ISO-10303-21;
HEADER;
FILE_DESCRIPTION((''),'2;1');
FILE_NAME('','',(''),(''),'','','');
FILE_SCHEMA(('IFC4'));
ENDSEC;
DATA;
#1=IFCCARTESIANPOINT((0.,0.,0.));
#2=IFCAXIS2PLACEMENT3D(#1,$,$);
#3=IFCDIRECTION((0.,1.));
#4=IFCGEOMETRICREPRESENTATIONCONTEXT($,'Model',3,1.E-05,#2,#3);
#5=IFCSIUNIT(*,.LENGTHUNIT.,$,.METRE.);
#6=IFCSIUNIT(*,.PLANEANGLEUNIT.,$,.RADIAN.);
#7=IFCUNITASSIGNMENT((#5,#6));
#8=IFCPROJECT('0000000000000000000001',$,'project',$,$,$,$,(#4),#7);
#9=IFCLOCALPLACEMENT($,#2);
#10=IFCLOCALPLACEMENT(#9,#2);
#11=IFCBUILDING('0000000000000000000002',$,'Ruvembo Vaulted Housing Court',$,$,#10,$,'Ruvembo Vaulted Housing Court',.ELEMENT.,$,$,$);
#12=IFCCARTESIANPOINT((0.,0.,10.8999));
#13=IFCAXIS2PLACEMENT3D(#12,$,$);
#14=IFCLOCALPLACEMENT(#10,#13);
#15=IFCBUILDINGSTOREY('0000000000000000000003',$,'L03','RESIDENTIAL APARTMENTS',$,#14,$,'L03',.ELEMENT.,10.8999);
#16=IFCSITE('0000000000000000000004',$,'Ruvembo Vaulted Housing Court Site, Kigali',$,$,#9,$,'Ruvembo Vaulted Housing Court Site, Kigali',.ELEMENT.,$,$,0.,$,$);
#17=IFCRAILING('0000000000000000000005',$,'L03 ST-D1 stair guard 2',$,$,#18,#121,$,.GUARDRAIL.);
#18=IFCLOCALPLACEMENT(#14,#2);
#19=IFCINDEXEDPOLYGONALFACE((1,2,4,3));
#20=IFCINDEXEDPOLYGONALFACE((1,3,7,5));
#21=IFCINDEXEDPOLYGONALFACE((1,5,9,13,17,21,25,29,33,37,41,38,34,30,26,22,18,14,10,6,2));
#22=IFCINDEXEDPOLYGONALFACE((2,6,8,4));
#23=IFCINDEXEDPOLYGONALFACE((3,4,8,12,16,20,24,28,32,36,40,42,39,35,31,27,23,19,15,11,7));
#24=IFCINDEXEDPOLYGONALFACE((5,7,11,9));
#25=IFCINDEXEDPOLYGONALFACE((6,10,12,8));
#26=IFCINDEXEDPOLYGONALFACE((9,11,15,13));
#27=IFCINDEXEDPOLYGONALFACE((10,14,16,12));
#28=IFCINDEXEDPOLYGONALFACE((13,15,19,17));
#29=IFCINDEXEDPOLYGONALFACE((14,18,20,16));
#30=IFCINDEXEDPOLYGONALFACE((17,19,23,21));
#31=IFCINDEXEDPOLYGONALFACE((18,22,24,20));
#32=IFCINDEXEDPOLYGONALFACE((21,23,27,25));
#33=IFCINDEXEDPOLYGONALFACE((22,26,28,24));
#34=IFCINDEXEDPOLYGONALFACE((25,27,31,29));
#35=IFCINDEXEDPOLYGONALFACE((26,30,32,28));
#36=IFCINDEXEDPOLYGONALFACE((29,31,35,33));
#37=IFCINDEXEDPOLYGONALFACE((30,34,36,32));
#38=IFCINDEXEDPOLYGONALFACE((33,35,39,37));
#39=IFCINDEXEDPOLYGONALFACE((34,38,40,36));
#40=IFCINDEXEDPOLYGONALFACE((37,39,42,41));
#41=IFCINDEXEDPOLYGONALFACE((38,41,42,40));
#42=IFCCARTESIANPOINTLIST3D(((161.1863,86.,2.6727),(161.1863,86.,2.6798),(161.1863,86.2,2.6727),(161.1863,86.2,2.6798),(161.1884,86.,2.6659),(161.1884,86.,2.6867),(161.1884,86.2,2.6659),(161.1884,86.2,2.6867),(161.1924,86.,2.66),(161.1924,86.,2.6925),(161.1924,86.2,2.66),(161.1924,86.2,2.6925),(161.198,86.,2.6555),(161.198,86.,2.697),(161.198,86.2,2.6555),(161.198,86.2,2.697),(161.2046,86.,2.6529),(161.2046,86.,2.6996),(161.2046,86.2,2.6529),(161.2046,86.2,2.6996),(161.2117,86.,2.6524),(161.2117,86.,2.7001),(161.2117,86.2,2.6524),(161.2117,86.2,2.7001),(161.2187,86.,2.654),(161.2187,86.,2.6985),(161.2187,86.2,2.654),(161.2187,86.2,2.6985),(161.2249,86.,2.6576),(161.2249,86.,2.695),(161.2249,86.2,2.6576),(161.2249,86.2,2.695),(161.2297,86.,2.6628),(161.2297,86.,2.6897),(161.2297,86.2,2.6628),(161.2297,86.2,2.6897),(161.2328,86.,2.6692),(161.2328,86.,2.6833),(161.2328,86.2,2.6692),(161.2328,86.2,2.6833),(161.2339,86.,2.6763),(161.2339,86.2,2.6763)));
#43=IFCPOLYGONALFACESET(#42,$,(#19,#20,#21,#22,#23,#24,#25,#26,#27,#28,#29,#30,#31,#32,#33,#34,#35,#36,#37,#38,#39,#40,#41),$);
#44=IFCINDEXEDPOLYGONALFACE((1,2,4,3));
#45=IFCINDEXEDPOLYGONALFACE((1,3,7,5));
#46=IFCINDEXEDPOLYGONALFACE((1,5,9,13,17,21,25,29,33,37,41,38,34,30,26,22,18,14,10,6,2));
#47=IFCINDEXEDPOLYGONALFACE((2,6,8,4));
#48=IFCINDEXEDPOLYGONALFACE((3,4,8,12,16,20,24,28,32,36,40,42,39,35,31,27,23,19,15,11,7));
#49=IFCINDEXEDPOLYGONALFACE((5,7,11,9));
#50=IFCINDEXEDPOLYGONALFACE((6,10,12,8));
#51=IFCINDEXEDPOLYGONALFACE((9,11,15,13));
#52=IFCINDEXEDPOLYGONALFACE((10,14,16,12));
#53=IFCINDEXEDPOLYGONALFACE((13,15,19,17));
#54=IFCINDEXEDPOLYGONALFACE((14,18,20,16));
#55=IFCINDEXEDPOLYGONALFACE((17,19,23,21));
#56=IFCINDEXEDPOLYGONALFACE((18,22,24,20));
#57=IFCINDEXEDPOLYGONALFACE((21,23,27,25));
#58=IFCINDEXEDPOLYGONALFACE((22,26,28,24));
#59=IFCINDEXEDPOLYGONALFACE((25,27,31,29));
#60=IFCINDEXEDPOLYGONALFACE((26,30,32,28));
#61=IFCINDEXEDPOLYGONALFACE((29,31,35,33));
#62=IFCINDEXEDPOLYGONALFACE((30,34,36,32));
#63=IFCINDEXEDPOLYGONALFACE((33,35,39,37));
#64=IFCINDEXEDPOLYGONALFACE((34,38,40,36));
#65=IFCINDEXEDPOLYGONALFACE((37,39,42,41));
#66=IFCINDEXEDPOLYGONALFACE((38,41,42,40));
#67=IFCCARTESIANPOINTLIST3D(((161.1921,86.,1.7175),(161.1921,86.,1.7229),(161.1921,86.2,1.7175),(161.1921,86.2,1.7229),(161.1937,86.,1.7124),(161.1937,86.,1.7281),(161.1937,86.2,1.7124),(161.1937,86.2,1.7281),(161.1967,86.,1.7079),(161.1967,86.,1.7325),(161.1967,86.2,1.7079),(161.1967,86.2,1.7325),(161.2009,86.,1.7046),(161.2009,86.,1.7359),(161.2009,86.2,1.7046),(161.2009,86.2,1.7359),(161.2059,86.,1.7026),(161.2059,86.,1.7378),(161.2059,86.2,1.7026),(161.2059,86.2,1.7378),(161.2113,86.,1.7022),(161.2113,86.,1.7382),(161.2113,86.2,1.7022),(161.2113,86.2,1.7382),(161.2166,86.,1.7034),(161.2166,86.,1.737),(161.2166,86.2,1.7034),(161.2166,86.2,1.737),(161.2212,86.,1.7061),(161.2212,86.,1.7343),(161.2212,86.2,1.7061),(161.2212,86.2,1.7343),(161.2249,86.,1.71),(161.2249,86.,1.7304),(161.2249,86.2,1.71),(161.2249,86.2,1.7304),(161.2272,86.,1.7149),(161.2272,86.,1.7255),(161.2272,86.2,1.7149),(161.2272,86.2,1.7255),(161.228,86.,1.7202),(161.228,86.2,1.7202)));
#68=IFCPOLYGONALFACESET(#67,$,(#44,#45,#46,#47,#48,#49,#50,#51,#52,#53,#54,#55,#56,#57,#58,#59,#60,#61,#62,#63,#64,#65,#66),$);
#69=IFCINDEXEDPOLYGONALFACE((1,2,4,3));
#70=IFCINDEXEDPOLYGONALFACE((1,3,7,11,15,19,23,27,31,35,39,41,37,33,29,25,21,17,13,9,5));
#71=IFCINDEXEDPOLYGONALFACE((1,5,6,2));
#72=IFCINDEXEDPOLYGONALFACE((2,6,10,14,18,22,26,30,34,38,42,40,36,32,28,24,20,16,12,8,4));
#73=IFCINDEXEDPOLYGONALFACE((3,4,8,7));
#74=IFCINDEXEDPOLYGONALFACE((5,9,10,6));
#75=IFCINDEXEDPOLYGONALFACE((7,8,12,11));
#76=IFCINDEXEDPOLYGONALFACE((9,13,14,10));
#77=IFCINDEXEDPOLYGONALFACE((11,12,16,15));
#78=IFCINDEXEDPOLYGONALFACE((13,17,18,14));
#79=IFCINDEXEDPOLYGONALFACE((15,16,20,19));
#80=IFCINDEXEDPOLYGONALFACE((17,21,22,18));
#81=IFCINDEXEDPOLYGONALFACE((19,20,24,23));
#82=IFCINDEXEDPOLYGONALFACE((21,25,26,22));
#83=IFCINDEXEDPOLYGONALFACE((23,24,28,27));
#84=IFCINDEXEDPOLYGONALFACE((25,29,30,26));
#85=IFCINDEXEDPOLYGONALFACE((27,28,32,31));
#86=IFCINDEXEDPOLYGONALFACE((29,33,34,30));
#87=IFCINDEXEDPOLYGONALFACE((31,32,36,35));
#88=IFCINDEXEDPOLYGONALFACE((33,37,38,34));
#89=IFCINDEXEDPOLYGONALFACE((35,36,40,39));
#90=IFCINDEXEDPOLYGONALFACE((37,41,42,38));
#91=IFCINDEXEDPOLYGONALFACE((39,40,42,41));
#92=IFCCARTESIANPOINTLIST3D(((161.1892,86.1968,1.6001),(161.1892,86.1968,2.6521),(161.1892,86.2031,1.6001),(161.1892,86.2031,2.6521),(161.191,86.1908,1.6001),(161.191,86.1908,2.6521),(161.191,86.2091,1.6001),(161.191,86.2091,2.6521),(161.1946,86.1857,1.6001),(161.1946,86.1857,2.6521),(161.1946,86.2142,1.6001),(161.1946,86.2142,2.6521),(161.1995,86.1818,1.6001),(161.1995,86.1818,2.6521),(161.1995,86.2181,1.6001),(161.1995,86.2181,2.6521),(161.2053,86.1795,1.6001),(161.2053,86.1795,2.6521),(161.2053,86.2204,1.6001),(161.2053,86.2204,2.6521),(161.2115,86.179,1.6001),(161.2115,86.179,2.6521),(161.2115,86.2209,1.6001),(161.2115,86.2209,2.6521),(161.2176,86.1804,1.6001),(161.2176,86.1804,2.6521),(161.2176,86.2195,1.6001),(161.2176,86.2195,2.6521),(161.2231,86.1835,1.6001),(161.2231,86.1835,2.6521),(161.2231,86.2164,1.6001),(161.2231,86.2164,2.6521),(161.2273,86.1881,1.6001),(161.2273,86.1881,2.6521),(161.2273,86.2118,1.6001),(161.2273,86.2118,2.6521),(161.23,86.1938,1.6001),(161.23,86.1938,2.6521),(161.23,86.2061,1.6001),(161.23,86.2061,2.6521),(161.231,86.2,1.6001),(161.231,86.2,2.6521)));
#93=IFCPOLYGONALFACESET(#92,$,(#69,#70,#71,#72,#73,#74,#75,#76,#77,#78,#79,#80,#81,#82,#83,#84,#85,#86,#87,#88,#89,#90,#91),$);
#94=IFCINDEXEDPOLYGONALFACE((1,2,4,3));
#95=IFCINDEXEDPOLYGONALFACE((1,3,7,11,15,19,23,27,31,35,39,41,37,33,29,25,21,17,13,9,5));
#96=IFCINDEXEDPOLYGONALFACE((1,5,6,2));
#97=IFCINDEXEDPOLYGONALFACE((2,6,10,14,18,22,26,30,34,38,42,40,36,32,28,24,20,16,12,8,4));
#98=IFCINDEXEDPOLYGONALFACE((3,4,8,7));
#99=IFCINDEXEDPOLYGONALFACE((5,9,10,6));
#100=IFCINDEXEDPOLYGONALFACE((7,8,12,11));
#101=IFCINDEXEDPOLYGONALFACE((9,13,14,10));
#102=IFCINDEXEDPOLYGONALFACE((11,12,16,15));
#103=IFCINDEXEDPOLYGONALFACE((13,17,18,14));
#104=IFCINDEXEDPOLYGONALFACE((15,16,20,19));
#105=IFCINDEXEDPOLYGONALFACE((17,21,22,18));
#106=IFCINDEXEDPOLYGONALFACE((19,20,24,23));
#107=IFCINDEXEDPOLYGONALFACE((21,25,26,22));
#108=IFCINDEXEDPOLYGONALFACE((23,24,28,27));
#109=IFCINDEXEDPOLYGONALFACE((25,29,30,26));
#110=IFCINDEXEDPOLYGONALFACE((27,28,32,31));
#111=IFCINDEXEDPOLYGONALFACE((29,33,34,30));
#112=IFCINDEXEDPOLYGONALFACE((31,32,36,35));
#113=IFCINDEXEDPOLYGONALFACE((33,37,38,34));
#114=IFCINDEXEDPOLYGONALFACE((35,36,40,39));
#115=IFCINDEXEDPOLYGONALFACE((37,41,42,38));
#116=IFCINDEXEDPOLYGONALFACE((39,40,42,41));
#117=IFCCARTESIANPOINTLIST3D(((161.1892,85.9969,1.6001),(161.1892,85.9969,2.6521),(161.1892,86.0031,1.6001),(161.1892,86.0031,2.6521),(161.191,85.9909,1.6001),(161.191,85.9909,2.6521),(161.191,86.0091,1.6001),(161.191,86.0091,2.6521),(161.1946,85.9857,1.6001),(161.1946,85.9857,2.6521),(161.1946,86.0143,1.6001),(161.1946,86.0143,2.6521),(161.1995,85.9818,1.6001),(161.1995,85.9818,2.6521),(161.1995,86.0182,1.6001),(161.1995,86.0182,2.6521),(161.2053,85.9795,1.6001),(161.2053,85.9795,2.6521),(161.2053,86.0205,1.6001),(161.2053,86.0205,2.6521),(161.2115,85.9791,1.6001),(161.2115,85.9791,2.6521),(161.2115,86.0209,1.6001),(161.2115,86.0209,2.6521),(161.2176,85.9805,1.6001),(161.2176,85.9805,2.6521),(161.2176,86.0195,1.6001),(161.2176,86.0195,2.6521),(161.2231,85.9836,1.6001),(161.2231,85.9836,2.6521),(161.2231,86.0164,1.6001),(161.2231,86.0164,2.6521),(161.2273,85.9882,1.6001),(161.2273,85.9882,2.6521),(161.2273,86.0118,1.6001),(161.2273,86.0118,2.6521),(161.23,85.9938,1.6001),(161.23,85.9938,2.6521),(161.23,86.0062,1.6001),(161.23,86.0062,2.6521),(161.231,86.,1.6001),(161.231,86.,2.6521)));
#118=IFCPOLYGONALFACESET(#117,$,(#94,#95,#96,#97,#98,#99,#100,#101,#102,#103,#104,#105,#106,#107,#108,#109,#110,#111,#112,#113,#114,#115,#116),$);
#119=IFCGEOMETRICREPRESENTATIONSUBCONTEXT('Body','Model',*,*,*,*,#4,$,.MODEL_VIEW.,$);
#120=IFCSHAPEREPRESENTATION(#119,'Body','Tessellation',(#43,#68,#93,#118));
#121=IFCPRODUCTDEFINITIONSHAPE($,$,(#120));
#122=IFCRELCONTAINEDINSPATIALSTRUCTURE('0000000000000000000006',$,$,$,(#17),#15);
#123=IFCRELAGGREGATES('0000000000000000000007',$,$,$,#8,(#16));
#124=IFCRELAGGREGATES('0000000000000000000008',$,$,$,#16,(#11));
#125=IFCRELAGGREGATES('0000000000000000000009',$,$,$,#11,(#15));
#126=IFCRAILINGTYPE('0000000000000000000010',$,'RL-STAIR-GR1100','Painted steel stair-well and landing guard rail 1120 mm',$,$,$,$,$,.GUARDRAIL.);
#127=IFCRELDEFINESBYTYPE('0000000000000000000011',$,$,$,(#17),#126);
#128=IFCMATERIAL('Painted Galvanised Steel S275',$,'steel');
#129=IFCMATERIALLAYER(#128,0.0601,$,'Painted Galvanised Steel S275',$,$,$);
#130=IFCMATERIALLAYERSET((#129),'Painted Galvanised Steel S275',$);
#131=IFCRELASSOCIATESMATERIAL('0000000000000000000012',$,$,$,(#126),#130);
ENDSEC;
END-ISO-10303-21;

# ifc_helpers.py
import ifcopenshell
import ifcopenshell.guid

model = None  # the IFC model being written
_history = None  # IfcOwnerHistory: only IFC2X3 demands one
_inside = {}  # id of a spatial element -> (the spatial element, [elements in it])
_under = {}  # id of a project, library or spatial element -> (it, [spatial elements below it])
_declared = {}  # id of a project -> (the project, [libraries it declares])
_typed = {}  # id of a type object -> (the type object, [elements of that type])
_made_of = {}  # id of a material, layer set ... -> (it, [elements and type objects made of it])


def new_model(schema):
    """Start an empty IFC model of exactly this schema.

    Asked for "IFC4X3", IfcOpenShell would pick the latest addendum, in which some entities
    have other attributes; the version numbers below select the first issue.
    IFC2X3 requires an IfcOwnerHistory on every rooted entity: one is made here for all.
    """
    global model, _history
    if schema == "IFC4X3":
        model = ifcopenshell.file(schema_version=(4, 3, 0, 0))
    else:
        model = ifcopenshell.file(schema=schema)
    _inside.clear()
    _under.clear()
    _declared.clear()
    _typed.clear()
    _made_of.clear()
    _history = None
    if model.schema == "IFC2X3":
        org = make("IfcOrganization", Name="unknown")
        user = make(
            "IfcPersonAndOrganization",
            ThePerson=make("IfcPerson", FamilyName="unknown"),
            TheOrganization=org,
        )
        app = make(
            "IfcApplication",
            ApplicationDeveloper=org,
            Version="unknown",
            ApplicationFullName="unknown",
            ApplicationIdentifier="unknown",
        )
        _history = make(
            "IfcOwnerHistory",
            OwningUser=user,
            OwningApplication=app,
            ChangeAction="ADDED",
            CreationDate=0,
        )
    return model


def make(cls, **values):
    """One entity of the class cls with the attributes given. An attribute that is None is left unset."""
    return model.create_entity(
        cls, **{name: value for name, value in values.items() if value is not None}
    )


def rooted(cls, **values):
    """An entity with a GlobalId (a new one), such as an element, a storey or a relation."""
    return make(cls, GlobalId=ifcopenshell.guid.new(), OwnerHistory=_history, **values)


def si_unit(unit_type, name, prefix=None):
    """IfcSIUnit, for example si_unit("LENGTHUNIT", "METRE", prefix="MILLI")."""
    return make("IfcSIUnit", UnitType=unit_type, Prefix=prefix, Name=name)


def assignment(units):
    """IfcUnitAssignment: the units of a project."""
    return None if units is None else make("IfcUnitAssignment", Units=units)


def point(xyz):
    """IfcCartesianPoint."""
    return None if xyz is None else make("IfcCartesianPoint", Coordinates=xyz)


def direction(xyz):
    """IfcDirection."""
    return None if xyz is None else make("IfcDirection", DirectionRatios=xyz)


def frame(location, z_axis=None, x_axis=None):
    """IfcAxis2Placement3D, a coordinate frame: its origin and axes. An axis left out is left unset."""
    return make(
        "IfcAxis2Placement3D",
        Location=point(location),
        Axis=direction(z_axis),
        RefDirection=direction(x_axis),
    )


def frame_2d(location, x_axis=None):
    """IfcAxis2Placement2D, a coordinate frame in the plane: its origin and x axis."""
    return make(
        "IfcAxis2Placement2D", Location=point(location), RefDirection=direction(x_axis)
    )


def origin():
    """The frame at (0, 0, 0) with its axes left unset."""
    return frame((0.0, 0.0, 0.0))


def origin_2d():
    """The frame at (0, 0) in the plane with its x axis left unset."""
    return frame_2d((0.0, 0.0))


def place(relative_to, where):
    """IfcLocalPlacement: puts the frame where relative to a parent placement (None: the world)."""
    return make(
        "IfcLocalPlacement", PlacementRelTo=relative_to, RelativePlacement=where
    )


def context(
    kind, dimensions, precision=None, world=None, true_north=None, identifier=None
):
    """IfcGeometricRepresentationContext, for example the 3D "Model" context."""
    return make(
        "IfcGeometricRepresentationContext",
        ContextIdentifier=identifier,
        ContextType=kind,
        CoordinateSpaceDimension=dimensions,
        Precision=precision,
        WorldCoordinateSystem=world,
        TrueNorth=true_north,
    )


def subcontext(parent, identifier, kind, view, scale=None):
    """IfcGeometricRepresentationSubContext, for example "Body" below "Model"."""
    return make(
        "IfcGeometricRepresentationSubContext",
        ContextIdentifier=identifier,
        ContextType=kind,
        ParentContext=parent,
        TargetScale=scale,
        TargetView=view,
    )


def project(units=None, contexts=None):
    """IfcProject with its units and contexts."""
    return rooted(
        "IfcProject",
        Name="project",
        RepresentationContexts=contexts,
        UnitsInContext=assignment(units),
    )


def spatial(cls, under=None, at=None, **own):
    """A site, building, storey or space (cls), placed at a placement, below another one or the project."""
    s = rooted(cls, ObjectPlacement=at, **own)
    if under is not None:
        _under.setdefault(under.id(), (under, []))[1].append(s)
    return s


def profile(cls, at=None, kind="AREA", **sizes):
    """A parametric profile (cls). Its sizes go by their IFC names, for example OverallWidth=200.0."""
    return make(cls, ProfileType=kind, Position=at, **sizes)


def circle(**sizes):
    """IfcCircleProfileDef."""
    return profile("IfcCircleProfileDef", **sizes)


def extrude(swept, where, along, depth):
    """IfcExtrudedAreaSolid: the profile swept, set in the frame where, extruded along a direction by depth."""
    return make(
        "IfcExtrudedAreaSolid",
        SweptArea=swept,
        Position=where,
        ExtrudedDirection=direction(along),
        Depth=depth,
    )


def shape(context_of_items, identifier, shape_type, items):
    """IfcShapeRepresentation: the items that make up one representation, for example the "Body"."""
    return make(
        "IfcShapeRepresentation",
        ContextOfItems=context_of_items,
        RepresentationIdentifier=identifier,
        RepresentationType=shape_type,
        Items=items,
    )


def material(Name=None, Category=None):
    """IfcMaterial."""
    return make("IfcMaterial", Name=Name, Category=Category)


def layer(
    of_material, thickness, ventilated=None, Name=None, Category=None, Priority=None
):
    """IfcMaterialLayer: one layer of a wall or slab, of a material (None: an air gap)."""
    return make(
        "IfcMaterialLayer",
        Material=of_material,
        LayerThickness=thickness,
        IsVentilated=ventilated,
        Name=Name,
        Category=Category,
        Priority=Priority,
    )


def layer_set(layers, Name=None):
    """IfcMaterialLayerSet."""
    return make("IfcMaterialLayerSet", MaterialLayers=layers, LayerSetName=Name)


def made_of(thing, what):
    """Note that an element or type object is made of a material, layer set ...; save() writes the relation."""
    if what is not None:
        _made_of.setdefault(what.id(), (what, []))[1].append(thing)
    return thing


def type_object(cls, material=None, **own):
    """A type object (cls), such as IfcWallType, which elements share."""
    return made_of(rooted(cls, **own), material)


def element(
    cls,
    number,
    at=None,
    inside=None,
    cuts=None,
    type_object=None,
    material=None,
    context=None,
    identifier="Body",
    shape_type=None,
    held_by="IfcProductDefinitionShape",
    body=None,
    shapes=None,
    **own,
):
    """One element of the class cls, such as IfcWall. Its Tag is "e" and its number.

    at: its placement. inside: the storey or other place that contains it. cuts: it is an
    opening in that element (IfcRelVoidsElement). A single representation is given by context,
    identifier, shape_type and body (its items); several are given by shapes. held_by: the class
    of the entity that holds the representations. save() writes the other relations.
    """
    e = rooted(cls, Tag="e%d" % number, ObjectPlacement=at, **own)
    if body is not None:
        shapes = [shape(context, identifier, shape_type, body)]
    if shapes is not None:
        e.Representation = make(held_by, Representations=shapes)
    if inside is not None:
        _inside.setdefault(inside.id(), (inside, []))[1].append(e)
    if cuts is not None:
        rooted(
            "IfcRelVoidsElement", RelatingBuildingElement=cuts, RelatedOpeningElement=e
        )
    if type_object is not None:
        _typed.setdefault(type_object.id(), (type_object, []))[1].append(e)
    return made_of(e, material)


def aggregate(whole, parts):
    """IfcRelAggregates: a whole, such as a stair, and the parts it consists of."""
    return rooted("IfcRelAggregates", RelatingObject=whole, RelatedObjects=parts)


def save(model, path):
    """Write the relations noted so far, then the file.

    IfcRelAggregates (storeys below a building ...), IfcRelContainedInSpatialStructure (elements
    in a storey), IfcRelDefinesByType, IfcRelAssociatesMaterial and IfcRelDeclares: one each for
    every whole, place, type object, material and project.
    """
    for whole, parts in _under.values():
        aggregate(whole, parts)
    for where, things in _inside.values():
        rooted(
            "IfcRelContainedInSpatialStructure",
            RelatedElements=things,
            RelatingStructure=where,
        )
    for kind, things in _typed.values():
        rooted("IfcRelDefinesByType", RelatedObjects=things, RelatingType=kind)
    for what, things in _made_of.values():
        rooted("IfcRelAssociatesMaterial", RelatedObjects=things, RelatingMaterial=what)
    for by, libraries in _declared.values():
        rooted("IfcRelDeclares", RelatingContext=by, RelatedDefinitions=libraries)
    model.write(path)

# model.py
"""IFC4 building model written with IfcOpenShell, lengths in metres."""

from ifc_helpers import new_model, si_unit, direction, frame, origin, origin_2d, place, context, subcontext, project, spatial, circle, extrude, material, layer, layer_set, type_object, element, save


model = new_model("IFC4")

# Units and contexts
model_context = context("Model", 3, precision=1e-05, world=origin(), true_north=direction((0.0, 1.0)))
body_context = subcontext(model_context, "Body", "Model", "MODEL_VIEW")
ifc_project = project(units=[si_unit("LENGTHUNIT", "METRE"), si_unit("PLANEANGLEUNIT", "RADIAN")], contexts=[model_context])

# Site, building, storey
site_placement = place(None, origin())
site = spatial("IfcSite", under=ifc_project, at=site_placement, Name="Ruvembo Vaulted Housing Court Site, Kigali", LongName="Ruvembo Vaulted Housing Court Site, Kigali", CompositionType="ELEMENT", RefElevation=0.0)
building_placement = place(site_placement, origin())
building = spatial("IfcBuilding", under=site, at=building_placement, Name="Ruvembo Vaulted Housing Court", LongName="Ruvembo Vaulted Housing Court", CompositionType="ELEMENT")
storey_placement = place(building_placement, frame((0.0, 0.0, 10.8999)))
storey = spatial("IfcBuildingStorey", under=building, at=storey_placement, Name="L03", Description="RESIDENTIAL APARTMENTS", LongName="L03", CompositionType="ELEMENT", Elevation=10.8999)

# Railing
ifc_material_1 = material(Name="Painted Galvanised Steel S275", Category="steel")
ifc_layer_1 = layer(ifc_material_1, 0.0601, Name="Painted Galvanised Steel S275")
ifc_layer_set_1 = layer_set([ifc_layer_1], Name="Painted Galvanised Steel S275")
railing_type_1 = type_object("IfcRailingType", Name="RL-STAIR-GR1100", Description="Painted steel stair-well and landing guard rail 1120 mm", PredefinedType="GUARDRAIL", material=ifc_layer_set_1)
railing_1_placement = place(storey_placement, frame((161.21, 86.2, 1.6001)))
element("IfcRailing", 1, at=railing_1_placement, inside=storey, type_object=railing_type_1, Name="L03 ST-D1 stair guard 2", PredefinedType="GUARDRAIL", context=body_context, shape_type="SweptSolid", body=[
    extrude(circle(Radius=0.0239, at=origin_2d()), frame((0.0, 0.0, 1.0762), z_axis=(0.0, -1.0, 0.0), x_axis=(1.0, 0.0, 0.0)), (0.0, 0.0, 1.0), 0.2),
    extrude(circle(Radius=0.0181, at=origin_2d()), frame((0.0, 0.0, 0.1201), z_axis=(0.0, -1.0, 0.0), x_axis=(1.0, 0.0, 0.0)), (0.0, 0.0, 1.0), 0.2),
    extrude(circle(Radius=0.021, at=origin_2d()), origin(), (0.0, 0.0, 1.0), 1.052),
    extrude(circle(Radius=0.021, at=origin_2d()), frame((0.0, -0.2, 0.0)), (0.0, 0.0, 1.0), 1.052),
])

save(model, "model.ifc")
